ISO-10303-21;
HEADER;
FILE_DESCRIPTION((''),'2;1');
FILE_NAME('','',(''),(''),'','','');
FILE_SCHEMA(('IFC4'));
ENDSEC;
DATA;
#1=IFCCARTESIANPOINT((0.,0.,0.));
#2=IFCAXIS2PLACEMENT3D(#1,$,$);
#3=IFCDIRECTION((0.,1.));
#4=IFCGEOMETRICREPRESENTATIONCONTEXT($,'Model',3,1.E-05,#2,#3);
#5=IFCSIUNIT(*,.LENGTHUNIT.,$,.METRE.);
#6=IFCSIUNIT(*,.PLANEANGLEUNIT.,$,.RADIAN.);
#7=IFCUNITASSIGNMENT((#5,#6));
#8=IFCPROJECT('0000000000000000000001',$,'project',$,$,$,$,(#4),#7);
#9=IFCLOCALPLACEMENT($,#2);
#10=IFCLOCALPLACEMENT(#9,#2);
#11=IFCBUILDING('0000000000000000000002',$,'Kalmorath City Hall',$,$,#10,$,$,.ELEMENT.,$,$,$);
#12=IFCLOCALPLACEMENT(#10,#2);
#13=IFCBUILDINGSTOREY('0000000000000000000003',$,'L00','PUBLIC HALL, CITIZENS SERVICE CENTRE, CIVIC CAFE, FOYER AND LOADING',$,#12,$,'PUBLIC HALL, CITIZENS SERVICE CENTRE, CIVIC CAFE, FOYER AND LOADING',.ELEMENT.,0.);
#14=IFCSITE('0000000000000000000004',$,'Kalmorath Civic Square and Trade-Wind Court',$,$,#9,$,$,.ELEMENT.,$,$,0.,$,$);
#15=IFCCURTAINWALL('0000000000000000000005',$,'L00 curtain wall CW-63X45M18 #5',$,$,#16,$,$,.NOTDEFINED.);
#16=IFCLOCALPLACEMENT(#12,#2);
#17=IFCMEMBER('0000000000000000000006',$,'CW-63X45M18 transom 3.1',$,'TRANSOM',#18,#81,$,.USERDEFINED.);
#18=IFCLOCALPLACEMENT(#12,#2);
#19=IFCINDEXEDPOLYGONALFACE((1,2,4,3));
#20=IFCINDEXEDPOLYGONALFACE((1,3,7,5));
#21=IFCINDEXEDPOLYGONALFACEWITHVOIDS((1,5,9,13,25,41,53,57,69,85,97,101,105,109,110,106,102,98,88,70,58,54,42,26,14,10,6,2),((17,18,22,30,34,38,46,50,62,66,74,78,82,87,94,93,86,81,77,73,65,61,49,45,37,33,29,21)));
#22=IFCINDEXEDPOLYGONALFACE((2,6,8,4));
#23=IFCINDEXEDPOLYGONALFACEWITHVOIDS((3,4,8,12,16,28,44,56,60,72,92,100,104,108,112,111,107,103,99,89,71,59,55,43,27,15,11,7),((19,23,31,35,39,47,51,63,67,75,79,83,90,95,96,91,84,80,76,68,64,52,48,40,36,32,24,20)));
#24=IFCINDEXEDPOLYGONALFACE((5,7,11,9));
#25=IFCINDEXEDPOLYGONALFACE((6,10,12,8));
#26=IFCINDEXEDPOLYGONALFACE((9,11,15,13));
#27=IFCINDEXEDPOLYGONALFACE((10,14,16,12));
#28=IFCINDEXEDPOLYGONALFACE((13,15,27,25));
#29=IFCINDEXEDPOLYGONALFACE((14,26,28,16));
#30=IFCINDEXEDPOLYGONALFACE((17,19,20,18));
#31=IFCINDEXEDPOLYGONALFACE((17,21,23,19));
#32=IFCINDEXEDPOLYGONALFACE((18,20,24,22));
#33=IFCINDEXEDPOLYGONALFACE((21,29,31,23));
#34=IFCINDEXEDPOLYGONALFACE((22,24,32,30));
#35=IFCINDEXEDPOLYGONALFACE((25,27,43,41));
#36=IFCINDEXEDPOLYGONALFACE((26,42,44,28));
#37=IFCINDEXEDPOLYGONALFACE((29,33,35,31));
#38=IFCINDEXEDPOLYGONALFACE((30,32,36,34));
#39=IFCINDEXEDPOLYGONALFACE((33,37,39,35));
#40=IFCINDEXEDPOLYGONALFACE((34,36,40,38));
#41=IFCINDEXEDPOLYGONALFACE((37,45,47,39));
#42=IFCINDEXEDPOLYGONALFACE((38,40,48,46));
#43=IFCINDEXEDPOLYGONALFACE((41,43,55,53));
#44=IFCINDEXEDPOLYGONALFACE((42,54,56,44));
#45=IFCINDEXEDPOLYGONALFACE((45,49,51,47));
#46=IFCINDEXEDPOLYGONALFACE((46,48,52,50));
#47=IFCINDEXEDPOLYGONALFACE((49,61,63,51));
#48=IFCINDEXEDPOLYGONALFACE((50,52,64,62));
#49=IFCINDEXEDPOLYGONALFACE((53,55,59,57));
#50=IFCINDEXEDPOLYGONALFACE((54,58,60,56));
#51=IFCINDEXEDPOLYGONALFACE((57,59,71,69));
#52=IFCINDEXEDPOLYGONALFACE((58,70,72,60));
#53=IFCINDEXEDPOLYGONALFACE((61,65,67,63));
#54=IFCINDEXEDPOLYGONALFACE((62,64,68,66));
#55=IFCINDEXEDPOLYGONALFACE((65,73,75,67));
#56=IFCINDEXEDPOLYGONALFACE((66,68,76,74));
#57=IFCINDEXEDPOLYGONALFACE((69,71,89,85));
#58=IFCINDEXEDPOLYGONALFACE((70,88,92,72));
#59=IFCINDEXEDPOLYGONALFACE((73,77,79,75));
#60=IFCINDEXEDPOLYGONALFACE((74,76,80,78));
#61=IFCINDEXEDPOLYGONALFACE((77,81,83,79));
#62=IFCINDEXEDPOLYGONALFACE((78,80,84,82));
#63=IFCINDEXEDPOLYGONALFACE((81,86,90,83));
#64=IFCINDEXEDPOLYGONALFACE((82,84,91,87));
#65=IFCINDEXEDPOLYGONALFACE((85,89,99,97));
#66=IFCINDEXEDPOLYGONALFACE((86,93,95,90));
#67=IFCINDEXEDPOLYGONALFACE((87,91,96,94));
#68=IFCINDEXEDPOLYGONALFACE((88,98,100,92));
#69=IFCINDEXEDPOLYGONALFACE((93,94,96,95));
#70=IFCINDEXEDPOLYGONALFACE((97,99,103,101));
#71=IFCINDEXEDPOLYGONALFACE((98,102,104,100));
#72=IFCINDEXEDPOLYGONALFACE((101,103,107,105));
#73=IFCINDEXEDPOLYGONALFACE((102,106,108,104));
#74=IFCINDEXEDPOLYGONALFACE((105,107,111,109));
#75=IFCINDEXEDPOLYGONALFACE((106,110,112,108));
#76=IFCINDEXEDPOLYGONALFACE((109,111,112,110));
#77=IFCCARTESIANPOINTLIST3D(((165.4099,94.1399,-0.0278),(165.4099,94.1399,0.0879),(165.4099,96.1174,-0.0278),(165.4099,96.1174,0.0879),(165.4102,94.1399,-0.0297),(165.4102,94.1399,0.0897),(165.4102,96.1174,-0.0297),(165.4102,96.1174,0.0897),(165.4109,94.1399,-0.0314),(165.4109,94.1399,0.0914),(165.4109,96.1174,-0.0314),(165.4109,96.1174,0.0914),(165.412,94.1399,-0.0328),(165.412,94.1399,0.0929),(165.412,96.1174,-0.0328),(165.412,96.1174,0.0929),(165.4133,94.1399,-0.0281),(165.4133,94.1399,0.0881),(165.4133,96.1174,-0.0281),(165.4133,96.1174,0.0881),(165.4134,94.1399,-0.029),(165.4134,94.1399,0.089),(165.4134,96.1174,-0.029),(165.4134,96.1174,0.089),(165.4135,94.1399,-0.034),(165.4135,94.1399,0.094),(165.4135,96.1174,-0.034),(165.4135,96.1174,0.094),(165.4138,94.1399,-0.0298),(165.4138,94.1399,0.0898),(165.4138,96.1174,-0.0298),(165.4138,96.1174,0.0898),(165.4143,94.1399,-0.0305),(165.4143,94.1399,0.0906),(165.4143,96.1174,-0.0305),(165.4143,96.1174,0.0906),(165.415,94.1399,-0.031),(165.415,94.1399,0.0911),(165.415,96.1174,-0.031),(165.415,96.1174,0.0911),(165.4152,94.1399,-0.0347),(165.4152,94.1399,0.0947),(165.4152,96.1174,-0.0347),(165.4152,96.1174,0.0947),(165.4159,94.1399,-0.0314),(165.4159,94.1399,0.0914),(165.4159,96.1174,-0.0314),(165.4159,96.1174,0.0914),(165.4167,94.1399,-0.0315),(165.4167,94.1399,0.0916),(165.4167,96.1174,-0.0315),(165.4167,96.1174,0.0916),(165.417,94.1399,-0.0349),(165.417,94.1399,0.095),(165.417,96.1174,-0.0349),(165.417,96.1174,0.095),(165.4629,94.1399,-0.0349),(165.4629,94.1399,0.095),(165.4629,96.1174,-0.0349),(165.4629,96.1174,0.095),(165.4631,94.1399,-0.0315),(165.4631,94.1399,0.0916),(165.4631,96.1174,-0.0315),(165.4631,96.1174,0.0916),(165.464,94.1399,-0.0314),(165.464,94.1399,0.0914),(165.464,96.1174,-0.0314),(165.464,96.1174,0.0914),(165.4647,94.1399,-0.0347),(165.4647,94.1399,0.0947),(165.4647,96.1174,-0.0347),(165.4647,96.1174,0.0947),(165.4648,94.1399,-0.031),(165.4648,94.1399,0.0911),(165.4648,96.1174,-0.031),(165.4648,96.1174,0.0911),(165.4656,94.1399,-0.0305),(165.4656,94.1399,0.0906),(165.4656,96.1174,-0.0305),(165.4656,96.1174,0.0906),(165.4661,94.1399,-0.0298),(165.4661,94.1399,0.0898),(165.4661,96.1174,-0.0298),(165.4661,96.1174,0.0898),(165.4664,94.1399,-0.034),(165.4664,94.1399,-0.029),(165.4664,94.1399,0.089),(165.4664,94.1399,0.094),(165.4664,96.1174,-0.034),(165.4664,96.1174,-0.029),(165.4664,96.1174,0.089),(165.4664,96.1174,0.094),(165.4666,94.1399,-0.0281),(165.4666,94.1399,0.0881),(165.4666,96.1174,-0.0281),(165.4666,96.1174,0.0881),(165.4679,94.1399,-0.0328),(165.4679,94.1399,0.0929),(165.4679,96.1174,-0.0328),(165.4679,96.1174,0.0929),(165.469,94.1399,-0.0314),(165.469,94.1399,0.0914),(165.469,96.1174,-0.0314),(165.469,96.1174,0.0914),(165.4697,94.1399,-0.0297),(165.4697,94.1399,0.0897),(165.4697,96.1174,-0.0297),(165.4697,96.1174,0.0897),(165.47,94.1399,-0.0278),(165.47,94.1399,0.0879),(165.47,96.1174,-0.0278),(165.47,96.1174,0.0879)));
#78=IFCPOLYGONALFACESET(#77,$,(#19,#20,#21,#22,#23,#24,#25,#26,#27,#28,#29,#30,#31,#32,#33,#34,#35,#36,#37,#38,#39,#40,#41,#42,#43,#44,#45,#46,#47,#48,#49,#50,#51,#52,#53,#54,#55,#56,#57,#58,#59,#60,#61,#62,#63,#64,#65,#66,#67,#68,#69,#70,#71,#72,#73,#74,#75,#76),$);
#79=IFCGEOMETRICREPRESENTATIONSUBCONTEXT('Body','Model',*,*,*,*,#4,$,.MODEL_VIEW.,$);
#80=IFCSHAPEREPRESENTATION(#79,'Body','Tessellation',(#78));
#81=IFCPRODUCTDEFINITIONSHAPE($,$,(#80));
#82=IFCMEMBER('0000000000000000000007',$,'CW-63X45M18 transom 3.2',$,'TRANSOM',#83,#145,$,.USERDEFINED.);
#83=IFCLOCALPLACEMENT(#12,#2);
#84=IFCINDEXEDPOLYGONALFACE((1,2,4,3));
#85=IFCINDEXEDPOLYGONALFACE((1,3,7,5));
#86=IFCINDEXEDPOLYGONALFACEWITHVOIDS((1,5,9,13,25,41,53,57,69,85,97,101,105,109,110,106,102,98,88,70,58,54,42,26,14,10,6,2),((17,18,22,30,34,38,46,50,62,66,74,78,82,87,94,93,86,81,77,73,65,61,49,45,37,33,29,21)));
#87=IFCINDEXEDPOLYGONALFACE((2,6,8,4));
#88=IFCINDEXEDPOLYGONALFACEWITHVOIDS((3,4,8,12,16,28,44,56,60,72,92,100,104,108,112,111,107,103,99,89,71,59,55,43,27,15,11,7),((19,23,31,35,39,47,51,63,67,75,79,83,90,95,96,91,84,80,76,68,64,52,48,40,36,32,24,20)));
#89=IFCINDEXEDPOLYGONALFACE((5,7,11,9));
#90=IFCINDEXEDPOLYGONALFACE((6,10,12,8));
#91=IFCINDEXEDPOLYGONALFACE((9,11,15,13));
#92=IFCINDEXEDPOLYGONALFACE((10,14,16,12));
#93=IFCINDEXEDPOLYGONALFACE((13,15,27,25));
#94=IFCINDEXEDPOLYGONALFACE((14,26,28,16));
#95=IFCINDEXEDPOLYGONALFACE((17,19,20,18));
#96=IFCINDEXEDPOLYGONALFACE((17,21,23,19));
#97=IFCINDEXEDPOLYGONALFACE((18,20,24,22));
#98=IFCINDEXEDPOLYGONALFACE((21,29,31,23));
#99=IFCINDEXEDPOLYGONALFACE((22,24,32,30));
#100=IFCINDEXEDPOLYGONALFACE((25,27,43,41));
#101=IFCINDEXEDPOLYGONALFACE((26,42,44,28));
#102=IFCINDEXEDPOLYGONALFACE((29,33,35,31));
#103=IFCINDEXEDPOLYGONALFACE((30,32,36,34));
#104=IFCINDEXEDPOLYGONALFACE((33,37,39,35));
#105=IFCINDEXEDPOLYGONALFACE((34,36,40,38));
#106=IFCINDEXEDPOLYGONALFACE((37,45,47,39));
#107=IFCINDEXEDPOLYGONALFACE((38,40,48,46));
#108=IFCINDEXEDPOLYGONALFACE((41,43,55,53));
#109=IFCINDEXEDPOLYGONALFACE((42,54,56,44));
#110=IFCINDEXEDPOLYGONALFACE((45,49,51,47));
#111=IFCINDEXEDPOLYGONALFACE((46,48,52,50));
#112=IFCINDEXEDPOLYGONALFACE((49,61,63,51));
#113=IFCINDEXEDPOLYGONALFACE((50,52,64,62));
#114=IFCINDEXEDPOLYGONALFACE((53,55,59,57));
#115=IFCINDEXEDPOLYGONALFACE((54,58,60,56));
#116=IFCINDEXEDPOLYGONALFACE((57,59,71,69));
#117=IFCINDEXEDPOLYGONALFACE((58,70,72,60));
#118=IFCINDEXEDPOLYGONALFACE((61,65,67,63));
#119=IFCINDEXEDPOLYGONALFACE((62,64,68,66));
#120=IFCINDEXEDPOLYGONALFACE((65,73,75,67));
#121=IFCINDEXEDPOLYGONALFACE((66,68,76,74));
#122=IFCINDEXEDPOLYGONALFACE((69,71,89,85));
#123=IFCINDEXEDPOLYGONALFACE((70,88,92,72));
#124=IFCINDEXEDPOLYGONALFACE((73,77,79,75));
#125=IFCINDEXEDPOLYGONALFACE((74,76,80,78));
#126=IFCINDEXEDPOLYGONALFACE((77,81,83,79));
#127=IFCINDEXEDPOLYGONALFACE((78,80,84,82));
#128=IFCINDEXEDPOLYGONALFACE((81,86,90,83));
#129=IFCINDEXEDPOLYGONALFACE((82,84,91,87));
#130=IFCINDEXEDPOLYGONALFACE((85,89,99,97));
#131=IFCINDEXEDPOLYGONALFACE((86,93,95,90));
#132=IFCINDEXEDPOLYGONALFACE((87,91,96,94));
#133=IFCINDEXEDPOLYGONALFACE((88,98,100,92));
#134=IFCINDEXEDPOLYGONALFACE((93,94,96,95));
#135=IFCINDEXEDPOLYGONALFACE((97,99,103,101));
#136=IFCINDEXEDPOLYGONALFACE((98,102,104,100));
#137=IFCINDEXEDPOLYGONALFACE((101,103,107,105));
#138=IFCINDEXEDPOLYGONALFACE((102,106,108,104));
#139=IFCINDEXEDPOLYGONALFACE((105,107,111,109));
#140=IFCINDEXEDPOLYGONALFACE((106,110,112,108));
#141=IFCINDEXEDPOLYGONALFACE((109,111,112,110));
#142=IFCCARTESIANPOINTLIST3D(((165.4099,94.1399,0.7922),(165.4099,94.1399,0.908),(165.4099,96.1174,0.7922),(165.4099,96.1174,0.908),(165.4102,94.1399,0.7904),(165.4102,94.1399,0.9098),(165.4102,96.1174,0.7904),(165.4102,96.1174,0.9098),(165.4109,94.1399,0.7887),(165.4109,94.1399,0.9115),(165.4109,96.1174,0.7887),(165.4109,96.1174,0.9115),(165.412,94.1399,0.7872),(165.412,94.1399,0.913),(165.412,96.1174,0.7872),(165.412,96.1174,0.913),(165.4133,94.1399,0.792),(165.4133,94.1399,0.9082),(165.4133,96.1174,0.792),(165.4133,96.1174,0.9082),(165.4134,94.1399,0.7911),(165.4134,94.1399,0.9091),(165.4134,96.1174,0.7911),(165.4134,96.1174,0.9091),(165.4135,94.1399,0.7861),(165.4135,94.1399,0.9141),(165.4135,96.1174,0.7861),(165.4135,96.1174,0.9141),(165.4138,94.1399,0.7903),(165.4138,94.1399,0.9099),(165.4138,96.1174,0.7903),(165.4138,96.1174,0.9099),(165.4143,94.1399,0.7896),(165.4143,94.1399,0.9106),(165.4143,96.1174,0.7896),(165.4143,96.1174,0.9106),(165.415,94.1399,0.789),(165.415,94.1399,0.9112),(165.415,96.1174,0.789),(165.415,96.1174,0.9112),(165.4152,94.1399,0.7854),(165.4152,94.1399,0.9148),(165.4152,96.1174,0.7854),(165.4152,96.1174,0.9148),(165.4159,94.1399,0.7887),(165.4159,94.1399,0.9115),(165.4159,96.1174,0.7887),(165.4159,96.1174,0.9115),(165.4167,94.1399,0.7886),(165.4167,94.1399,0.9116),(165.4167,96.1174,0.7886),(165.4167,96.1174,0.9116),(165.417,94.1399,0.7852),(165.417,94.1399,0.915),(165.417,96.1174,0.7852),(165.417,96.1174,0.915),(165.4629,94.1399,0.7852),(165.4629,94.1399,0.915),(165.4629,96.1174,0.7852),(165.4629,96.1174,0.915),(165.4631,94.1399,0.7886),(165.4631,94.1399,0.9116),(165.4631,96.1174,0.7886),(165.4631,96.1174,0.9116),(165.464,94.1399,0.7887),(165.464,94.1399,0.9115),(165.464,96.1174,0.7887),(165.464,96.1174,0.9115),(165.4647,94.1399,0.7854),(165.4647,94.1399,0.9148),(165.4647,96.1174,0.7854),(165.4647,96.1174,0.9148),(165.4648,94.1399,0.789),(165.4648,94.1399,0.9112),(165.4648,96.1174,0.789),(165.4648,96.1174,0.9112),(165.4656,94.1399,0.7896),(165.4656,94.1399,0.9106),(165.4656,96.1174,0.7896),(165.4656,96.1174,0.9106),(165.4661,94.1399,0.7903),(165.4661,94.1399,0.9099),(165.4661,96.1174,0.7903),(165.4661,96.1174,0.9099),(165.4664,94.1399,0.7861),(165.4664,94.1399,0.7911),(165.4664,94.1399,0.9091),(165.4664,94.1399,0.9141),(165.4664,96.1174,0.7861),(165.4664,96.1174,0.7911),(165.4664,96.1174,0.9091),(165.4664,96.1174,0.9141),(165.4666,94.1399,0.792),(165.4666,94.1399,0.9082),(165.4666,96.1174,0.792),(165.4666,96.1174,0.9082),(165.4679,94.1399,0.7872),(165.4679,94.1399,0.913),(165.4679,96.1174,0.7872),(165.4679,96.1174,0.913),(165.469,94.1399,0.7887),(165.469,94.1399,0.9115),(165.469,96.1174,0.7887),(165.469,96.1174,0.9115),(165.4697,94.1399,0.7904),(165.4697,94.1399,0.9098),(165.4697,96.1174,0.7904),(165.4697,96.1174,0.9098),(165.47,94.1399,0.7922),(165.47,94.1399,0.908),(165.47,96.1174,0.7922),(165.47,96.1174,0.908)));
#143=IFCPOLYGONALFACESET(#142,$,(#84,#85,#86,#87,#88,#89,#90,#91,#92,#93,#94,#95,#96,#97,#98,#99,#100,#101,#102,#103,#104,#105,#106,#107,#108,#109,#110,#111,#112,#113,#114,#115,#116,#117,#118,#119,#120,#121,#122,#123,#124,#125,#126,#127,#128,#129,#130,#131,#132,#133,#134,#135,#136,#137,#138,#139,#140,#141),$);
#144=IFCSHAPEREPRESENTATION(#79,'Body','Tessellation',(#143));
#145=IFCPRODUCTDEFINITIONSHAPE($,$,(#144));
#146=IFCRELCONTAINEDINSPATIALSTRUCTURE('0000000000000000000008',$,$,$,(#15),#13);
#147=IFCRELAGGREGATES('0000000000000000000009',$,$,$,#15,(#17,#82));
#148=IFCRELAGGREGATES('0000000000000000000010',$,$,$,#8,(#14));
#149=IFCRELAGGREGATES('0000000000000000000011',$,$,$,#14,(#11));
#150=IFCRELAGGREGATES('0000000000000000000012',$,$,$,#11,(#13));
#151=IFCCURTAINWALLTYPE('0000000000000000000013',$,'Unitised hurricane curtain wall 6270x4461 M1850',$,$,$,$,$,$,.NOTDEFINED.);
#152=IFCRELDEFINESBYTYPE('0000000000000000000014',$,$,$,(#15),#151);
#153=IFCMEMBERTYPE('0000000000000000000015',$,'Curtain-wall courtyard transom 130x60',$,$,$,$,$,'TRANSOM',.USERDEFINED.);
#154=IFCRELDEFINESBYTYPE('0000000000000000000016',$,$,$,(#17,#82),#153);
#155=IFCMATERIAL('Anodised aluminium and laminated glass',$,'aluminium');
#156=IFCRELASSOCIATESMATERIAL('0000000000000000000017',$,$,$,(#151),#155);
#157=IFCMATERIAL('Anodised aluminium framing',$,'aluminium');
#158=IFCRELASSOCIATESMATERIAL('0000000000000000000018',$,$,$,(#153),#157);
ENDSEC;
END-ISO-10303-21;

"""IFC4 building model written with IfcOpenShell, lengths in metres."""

from ifc_helpers import new_model, si_unit, direction, frame, origin, origin_2d, place, context, subcontext, project, spatial, hollow_rectangle, extrude, material, material_profile, profile_set, type_object, element, aggregate, save


model = new_model("IFC4")

# Units and contexts
model_context = context("Model", 3, precision=1e-05, world=origin(), true_north=direction((0.0, 1.0)))
body_context = subcontext(model_context, "Body", "Model", "MODEL_VIEW")
ifc_project = project(units=[si_unit("LENGTHUNIT", "METRE"), si_unit("PLANEANGLEUNIT", "RADIAN")], contexts=[model_context])

# Site, building, storey
site_placement = place(None, origin())
site = spatial("IfcSite", under=ifc_project, at=site_placement, Name="Kalmorath Civic Square and Trade-Wind Court", CompositionType="ELEMENT", RefElevation=0.0)
building_placement = place(site_placement, origin())
building = spatial("IfcBuilding", under=site, at=building_placement, Name="Kalmorath City Hall", CompositionType="ELEMENT")
storey_placement = place(building_placement, origin())
storey = spatial("IfcBuildingStorey", under=building, at=storey_placement, Name="L00", Description="PUBLIC HALL, CITIZENS SERVICE CENTRE, CIVIC CAFE, FOYER AND LOADING", LongName="PUBLIC HALL, CITIZENS SERVICE CENTRE, CIVIC CAFE, FOYER AND LOADING", CompositionType="ELEMENT", Elevation=0.0)

# Curtain wall, members
ifc_material_1 = material(Name="Anodised aluminium and laminated glass", Category="aluminium")
curtain_wall_type_1 = type_object("IfcCurtainWallType", Name="Unitised hurricane curtain wall 6270x4461 M1850", PredefinedType="NOTDEFINED", material=ifc_material_1)
curtain_wall_1_placement = place(storey_placement, origin())
curtain_wall_1 = element("IfcCurtainWall", 1, at=curtain_wall_1_placement, inside=storey, type_object=curtain_wall_type_1, Name="L00 curtain wall CW-63X45M18 #5", PredefinedType="NOTDEFINED")
ifc_material_2 = material(Name="Anodised aluminium framing", Category="aluminium")
ifc_material_profile_1 = material_profile(ifc_material_2, hollow_rectangle(XDim=0.0601, YDim=0.1299, WallThickness=0.0034, InnerFilletRadius=0.0034, OuterFilletRadius=0.0071, at=origin_2d()), Name="ALU-TRN-130X60X3.5")
ifc_profile_set_1 = profile_set([ifc_material_profile_1], Name="Anodised aluminium framing")
member_type_1 = type_object("IfcMemberType", Name="Curtain-wall courtyard transom 130x60", ElementType="TRANSOM", PredefinedType="USERDEFINED", material=ifc_profile_set_1)
member_1_placement = place(storey_placement, frame((165.4399, 96.1174, 0.03), z_axis=(0.0, -1.0, 0.0), x_axis=(1.0, 0.0, 0.0)))
member_1 = element("IfcMember", 2, at=member_1_placement, type_object=member_type_1, Name="CW-63X45M18 transom 3.1", ObjectType="TRANSOM", PredefinedType="USERDEFINED", context=body_context, shape_type="SweptSolid", body=[
    extrude(hollow_rectangle(XDim=0.0601, YDim=0.1299, WallThickness=0.0034, InnerFilletRadius=0.0034, OuterFilletRadius=0.0071, at=origin_2d()), origin(), (0.0, 0.0, 1.0), 1.9775),
])
member_2_placement = place(storey_placement, frame((165.4399, 96.1174, 0.8501), z_axis=(0.0, -1.0, 0.0), x_axis=(1.0, 0.0, 0.0)))
member_2 = element("IfcMember", 3, at=member_2_placement, type_object=member_type_1, Name="CW-63X45M18 transom 3.2", ObjectType="TRANSOM", PredefinedType="USERDEFINED", context=body_context, shape_type="SweptSolid", body=[
    extrude(hollow_rectangle(XDim=0.0601, YDim=0.1299, WallThickness=0.0034, InnerFilletRadius=0.0034, OuterFilletRadius=0.0071, at=origin_2d()), origin(), (0.0, 0.0, 1.0), 1.9775),
])

aggregate(curtain_wall_1, [member_1, member_2])

save(model, "model.ifc")
